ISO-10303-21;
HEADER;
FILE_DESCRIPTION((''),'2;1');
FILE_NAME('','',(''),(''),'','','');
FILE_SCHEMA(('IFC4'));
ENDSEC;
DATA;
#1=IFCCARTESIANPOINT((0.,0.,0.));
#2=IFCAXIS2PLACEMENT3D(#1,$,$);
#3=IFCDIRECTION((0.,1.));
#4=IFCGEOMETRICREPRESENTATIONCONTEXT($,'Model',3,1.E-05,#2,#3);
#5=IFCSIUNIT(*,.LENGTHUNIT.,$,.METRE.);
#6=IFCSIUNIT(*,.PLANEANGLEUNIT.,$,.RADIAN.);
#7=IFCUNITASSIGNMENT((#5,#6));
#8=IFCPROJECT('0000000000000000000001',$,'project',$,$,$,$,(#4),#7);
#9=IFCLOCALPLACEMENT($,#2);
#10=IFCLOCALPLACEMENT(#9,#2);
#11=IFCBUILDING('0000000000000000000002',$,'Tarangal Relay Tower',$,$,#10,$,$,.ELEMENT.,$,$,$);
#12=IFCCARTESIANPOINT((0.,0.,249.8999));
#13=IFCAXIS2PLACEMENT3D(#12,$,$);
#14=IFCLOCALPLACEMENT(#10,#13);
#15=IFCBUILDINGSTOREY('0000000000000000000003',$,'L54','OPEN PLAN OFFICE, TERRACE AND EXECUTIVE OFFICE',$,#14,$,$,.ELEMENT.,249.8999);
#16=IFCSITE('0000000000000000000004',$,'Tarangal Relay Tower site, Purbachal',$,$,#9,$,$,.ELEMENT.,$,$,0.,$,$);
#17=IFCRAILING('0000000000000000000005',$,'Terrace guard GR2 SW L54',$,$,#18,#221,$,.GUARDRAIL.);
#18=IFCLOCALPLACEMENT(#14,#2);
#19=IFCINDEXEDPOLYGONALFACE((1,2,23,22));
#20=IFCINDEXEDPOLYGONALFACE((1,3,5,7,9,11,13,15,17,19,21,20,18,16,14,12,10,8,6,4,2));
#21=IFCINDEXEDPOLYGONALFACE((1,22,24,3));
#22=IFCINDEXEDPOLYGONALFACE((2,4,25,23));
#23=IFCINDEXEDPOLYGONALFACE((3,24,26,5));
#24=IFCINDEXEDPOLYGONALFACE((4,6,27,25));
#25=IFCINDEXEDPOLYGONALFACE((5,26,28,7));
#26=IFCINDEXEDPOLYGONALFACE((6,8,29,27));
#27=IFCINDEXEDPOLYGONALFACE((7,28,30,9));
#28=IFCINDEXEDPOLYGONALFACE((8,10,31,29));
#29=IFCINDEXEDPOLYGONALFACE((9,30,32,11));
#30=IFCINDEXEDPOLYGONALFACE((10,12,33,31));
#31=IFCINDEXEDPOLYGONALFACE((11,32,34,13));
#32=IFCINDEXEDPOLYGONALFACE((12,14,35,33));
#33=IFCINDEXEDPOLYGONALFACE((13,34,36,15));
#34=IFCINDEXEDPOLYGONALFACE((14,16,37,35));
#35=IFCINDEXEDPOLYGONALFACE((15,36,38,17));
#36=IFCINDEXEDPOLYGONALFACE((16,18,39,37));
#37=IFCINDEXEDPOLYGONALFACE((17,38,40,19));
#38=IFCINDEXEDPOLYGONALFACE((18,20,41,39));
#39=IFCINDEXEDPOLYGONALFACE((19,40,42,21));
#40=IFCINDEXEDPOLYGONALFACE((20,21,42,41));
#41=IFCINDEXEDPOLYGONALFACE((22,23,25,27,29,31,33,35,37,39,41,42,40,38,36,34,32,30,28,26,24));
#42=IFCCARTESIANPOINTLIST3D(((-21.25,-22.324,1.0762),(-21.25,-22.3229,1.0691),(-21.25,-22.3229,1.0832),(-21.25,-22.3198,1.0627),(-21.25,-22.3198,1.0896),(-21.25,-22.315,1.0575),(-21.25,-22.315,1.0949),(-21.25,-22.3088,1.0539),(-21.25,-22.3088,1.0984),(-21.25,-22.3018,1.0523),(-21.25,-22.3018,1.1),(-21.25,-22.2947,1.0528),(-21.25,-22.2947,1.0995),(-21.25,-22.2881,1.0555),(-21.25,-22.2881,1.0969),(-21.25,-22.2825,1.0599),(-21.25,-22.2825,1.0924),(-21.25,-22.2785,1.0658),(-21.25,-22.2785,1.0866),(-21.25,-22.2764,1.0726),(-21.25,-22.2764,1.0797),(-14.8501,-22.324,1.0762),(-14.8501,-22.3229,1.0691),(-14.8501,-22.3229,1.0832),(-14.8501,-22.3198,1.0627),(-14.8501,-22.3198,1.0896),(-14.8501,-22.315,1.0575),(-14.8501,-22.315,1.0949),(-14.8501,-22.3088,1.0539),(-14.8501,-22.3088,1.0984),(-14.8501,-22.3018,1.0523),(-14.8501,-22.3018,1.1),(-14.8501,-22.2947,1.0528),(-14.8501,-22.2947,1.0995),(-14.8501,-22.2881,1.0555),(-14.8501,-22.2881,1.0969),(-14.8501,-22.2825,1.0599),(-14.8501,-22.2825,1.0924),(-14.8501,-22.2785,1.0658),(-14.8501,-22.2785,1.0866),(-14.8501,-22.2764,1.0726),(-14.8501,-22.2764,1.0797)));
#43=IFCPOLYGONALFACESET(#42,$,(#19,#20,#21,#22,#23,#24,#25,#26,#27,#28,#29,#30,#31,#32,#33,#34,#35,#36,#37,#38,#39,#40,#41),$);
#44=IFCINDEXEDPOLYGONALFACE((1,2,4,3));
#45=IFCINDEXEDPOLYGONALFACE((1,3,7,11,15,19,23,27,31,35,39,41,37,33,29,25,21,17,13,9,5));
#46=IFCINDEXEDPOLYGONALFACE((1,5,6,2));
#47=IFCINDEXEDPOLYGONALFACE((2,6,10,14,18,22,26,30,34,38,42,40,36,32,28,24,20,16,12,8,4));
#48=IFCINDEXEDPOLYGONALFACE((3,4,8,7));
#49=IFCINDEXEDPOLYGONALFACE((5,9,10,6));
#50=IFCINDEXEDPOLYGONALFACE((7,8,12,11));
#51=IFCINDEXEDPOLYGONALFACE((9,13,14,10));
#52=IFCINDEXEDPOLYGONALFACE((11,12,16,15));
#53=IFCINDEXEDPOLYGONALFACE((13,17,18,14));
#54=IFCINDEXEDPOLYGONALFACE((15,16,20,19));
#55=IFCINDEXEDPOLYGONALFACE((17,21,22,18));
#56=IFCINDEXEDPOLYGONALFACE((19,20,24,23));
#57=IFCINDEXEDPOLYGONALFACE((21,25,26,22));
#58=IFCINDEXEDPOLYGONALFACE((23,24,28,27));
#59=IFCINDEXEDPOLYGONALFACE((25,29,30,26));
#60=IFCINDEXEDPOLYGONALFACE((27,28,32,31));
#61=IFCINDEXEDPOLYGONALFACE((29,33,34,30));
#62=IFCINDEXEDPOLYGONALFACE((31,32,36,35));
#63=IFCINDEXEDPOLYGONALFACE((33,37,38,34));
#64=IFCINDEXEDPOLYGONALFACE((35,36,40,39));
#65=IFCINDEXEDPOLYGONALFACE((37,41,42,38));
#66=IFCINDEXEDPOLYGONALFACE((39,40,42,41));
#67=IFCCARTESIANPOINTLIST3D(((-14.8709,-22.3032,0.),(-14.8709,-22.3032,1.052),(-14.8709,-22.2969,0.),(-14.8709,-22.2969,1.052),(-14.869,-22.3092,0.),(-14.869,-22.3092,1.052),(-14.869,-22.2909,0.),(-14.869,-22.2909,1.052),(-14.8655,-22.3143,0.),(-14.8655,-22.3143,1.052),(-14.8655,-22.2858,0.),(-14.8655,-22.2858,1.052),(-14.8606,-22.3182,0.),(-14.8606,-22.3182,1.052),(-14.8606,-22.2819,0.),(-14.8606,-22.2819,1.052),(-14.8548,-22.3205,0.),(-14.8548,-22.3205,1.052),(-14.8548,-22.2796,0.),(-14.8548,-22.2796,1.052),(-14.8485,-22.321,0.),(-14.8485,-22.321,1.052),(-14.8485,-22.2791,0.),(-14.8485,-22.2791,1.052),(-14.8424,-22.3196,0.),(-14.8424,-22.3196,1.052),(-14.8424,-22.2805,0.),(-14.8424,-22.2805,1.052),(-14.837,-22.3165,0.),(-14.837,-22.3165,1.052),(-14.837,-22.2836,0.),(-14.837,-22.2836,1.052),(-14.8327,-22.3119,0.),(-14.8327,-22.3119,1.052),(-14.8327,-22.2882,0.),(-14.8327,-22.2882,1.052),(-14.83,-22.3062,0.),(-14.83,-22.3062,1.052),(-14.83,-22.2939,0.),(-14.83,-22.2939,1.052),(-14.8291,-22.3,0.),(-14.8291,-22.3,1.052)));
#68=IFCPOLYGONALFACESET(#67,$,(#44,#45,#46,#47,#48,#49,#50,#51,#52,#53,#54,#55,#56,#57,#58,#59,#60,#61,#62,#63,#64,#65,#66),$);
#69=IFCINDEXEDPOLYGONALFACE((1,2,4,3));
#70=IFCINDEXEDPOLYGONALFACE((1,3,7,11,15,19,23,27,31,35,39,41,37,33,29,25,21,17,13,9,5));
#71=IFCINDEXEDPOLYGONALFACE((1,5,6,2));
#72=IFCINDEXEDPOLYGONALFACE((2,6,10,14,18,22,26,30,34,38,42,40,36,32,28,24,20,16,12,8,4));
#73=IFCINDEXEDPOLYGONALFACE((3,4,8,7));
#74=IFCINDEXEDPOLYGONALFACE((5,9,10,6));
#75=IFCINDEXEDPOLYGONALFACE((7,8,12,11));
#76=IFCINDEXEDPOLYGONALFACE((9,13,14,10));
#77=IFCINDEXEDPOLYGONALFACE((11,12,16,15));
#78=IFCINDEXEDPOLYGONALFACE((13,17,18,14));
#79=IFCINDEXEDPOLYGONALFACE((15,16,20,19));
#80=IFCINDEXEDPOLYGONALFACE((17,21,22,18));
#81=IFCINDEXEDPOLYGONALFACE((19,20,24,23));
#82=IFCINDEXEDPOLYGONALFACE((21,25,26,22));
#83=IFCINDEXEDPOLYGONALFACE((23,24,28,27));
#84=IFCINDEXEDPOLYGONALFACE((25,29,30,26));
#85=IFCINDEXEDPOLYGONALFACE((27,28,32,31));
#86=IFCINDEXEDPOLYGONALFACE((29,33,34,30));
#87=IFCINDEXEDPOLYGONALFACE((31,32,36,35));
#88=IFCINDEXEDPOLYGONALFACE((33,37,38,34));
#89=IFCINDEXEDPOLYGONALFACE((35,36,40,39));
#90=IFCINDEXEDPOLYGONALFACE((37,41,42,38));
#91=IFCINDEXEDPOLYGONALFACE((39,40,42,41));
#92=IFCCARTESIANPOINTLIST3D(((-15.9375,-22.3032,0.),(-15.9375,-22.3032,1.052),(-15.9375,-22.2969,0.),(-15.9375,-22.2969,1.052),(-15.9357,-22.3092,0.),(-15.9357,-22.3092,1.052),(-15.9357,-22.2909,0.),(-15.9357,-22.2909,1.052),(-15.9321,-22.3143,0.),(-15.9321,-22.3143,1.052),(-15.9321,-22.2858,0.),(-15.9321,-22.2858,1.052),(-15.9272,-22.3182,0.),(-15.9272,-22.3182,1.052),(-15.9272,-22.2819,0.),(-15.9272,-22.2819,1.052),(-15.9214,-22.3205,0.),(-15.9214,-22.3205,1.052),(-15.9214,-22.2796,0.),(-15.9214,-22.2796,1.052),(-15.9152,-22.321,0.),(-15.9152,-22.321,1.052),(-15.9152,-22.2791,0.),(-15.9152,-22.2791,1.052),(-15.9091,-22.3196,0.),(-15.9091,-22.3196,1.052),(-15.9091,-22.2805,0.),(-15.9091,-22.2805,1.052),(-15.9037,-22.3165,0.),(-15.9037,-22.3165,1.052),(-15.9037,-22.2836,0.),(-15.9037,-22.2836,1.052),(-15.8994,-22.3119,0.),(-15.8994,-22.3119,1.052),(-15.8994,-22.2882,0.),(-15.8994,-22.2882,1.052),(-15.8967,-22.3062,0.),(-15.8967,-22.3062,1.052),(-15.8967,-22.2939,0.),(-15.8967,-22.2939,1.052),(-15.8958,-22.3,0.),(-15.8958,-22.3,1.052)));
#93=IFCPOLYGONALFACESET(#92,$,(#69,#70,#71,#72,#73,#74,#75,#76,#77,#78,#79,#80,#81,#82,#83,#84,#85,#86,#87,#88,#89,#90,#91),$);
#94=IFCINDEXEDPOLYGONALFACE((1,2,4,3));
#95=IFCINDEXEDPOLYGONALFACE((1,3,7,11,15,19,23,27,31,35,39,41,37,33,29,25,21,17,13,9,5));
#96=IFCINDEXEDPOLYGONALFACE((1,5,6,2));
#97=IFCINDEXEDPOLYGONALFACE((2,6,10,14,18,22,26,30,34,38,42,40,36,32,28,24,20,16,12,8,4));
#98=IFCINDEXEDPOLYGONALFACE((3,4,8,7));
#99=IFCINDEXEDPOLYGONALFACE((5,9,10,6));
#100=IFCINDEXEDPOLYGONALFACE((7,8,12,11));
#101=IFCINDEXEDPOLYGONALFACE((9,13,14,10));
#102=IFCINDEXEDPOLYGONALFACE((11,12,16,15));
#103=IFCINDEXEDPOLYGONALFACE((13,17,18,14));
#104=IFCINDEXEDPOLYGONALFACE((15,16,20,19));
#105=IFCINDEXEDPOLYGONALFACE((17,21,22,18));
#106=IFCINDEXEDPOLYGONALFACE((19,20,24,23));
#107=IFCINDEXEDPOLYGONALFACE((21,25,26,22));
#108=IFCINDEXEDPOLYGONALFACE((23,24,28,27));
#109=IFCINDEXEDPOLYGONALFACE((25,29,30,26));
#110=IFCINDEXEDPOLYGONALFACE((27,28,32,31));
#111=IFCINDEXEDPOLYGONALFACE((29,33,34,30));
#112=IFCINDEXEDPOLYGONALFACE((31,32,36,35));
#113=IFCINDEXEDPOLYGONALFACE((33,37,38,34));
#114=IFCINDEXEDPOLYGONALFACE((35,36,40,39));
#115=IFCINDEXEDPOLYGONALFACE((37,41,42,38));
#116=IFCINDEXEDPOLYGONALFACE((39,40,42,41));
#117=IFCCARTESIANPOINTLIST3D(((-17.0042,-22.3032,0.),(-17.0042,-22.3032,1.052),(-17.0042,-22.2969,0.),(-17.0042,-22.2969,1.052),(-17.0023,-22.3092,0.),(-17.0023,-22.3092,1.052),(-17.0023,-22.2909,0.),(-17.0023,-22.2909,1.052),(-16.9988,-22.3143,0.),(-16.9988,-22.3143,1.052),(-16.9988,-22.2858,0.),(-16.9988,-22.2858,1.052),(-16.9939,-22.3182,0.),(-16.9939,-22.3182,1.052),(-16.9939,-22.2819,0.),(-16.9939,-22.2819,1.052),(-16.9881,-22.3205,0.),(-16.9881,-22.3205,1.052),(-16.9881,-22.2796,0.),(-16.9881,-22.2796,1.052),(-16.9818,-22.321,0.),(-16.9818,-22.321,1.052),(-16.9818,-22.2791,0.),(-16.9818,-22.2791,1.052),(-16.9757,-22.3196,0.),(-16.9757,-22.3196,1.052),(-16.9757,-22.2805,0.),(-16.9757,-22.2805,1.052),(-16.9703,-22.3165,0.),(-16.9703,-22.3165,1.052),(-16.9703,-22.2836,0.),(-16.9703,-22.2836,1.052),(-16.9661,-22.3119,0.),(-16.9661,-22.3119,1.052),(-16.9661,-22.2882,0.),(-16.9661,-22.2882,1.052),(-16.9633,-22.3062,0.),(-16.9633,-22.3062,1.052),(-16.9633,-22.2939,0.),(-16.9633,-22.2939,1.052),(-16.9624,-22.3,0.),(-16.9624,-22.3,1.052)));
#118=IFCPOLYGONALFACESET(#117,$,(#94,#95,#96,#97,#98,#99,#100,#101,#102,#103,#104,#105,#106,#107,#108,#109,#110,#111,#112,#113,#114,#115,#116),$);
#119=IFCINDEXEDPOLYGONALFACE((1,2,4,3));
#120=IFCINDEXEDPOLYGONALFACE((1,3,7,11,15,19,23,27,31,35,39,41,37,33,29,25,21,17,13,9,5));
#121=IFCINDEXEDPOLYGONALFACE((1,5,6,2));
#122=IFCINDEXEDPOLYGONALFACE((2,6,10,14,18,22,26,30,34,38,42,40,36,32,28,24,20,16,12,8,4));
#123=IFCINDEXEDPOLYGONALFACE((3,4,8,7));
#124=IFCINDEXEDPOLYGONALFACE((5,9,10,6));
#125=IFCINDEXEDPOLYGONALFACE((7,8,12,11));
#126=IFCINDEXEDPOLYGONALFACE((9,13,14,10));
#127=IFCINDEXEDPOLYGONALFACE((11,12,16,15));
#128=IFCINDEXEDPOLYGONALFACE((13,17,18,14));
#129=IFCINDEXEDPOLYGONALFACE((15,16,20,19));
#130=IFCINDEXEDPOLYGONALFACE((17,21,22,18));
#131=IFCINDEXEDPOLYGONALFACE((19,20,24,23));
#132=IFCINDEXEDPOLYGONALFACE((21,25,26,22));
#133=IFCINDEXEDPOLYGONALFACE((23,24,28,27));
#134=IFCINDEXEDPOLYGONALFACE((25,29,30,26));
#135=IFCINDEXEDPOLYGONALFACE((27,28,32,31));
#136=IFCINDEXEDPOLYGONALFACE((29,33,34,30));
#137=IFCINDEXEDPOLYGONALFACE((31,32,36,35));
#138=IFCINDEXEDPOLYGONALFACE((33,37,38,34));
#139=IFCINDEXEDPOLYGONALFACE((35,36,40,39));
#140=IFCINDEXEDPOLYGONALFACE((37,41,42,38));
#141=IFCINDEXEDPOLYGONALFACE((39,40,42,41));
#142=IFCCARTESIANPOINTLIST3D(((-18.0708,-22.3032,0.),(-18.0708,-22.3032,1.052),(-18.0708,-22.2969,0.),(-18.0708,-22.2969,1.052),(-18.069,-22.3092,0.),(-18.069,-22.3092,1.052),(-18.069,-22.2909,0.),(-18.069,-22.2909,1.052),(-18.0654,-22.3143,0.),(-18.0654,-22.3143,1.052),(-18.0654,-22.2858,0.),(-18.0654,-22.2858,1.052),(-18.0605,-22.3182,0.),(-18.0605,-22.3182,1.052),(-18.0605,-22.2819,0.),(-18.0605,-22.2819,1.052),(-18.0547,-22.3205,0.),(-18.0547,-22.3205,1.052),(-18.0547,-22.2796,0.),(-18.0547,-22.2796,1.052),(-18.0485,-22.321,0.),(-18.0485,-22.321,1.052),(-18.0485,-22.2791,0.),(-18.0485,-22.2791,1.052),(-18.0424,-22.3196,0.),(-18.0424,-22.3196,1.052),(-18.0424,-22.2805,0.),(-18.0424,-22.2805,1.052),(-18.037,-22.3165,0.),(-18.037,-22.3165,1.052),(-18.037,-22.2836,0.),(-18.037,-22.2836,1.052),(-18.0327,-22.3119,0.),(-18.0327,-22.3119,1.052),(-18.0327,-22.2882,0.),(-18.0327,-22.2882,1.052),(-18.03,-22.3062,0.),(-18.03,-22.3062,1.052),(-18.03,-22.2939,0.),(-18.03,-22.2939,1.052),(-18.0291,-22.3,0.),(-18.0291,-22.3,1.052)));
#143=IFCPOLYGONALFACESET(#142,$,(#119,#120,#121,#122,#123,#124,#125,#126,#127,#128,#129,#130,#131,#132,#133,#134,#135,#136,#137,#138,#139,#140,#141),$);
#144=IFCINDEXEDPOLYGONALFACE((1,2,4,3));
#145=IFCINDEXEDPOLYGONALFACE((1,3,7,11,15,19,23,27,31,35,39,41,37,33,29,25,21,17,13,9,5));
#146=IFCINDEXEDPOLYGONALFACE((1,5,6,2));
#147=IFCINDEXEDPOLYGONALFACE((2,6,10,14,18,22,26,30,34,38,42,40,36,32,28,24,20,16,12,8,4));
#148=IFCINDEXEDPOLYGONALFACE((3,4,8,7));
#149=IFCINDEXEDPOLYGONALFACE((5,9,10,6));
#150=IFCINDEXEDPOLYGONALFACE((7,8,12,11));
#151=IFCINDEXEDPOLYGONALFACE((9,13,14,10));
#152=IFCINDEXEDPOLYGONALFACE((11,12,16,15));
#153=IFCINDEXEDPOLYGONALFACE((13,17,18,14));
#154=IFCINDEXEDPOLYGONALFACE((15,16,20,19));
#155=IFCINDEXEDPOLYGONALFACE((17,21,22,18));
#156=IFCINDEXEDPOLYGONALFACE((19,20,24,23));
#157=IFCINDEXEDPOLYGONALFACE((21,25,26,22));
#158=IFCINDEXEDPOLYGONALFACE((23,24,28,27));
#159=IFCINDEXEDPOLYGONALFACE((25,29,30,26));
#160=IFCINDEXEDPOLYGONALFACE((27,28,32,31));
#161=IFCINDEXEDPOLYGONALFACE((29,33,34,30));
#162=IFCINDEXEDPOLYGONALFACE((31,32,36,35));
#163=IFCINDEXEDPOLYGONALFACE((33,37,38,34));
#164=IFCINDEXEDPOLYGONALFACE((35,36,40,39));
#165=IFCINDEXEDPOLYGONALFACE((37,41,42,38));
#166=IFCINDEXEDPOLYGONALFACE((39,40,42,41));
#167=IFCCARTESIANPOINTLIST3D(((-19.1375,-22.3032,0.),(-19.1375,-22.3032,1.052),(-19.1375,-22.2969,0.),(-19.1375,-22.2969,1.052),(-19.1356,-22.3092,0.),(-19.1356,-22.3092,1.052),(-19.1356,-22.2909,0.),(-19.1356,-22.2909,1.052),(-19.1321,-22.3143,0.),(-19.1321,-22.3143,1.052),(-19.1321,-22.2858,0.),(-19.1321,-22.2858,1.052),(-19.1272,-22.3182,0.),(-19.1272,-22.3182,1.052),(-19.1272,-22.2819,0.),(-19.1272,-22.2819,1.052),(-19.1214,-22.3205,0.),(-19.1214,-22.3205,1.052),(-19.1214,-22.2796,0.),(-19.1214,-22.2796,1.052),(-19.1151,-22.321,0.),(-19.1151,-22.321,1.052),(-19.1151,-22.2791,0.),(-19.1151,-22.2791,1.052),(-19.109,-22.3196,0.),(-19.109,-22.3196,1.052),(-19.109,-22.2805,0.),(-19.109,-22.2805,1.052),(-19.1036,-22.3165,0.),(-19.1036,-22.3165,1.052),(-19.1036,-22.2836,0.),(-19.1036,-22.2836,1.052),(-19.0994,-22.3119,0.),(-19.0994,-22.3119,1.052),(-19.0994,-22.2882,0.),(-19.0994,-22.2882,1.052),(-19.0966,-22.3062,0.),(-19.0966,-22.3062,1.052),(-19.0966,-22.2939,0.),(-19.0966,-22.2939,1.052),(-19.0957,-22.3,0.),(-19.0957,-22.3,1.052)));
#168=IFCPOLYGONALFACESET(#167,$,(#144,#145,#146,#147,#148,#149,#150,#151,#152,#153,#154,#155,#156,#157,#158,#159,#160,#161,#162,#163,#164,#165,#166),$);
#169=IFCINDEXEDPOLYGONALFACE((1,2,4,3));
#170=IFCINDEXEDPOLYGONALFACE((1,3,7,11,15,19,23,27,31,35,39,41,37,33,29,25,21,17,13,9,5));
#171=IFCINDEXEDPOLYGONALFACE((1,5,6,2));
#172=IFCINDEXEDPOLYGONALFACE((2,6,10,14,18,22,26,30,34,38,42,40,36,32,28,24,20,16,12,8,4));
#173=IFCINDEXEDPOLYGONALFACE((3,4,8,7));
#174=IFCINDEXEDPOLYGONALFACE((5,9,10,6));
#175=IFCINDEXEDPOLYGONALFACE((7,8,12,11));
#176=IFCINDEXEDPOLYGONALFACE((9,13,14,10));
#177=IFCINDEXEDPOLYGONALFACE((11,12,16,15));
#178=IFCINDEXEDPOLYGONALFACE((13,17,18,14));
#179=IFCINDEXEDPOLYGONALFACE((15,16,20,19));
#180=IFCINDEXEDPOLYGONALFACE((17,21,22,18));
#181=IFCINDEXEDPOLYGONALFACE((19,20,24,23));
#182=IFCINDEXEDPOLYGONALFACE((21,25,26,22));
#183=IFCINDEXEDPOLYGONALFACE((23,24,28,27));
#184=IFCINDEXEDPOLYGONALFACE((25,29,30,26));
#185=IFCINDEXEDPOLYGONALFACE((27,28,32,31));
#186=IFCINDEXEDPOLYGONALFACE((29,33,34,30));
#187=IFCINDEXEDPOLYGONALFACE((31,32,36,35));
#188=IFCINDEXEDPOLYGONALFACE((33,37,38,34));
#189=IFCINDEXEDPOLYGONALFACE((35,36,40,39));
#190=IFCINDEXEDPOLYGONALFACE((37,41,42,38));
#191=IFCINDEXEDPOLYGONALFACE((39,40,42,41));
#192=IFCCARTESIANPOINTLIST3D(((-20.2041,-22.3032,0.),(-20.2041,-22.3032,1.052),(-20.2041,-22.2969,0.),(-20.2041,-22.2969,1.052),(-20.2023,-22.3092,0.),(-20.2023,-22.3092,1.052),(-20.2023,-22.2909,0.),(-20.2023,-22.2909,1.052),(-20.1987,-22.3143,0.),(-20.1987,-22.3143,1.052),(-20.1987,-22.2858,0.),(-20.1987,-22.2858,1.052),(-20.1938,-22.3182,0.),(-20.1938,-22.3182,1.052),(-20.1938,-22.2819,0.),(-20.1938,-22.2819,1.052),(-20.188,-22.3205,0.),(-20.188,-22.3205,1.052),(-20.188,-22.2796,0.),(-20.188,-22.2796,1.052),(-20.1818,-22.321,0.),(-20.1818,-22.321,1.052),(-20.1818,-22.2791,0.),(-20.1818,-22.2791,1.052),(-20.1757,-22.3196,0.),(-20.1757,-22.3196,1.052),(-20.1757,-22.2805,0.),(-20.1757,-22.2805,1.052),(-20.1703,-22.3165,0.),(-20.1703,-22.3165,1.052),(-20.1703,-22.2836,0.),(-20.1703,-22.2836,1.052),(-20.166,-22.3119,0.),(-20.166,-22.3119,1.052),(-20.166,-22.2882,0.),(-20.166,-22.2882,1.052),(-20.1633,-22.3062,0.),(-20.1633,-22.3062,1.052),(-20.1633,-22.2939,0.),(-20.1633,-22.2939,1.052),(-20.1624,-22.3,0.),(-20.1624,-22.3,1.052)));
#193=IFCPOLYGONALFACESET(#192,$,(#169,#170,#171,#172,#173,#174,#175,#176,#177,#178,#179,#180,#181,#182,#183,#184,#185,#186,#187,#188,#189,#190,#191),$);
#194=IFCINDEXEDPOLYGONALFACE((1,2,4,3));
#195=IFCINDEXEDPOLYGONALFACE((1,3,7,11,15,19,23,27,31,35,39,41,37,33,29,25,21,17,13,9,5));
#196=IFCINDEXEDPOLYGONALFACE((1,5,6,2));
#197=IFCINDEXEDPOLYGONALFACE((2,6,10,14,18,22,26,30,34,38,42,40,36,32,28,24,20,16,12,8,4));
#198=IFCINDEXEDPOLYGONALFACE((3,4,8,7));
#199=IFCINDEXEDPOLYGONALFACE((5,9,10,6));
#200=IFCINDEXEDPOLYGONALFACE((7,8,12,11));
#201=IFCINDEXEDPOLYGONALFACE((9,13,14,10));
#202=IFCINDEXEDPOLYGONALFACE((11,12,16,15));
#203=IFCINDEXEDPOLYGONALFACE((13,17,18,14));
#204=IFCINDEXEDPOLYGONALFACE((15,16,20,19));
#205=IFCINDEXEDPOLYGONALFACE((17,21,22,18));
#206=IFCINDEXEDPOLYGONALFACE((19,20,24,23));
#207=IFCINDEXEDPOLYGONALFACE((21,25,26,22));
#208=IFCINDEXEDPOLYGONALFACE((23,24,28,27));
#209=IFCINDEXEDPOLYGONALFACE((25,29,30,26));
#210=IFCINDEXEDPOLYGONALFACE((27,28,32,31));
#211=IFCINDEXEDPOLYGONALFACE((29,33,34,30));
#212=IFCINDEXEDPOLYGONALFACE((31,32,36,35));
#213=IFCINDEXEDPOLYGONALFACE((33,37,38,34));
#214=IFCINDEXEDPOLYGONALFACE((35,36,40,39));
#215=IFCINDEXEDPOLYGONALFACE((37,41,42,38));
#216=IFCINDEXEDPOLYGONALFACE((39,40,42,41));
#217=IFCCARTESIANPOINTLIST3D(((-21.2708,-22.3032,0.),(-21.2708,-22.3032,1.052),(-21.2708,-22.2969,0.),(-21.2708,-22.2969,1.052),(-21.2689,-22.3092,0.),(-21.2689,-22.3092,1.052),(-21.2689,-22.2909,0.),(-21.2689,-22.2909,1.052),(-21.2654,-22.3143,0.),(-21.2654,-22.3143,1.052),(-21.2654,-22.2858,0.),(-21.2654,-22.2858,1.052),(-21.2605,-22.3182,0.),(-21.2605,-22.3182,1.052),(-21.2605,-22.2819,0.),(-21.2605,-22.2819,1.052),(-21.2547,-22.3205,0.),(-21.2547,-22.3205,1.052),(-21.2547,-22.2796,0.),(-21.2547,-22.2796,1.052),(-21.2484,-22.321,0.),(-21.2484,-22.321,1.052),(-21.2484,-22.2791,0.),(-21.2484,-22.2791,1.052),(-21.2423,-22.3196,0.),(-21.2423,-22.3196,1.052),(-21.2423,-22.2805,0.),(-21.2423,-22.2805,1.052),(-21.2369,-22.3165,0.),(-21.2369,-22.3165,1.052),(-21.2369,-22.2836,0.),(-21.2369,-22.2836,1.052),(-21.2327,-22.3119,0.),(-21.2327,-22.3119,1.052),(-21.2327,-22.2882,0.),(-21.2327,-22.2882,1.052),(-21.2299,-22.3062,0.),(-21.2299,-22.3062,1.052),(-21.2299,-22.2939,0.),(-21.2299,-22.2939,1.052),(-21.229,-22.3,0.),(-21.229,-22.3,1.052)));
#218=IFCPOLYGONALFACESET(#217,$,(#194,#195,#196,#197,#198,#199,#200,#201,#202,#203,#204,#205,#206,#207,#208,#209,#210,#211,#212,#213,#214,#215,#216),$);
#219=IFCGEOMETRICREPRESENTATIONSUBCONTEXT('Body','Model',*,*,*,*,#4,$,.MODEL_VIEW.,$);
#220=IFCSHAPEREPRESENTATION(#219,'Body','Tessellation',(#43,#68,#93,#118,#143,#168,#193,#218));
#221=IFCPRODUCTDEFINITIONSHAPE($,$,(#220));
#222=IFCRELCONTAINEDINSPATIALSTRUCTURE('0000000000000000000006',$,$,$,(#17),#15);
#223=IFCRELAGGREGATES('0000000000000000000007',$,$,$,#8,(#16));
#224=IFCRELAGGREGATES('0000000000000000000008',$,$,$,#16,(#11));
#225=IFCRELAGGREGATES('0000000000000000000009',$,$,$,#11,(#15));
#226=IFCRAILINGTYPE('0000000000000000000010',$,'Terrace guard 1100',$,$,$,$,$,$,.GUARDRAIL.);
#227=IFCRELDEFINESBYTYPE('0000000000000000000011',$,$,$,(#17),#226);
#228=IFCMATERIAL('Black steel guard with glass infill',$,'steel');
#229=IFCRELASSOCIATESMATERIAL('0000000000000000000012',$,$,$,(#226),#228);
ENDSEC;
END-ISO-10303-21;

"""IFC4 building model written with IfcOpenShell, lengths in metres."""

from ifc_helpers import new_model, si_unit, direction, frame, origin, origin_2d, place, context, subcontext, project, spatial, circle, extrude, material, type_object, element, save


model = new_model("IFC4")

# Units and contexts
model_context = context("Model", 3, precision=1e-05, world=origin(), true_north=direction((0.0, 1.0)))
body_context = subcontext(model_context, "Body", "Model", "MODEL_VIEW")
ifc_project = project(units=[si_unit("LENGTHUNIT", "METRE"), si_unit("PLANEANGLEUNIT", "RADIAN")], contexts=[model_context])

# Site, building, storey
site_placement = place(None, origin())
site = spatial("IfcSite", under=ifc_project, at=site_placement, Name="Tarangal Relay Tower site, Purbachal", CompositionType="ELEMENT", RefElevation=0.0)
building_placement = place(site_placement, origin())
building = spatial("IfcBuilding", under=site, at=building_placement, Name="Tarangal Relay Tower", CompositionType="ELEMENT")
storey_placement = place(building_placement, frame((0.0, 0.0, 249.8999)))
storey = spatial("IfcBuildingStorey", under=building, at=storey_placement, Name="L54", Description="OPEN PLAN OFFICE, TERRACE AND EXECUTIVE OFFICE", CompositionType="ELEMENT", Elevation=249.8999)

# Railing
ifc_material_1 = material(Name="Black steel guard with glass infill", Category="steel")
railing_type = type_object("IfcRailingType", Name="Terrace guard 1100", PredefinedType="GUARDRAIL", material=ifc_material_1)
railing_placement = place(storey_placement, frame((-14.8501, -22.3, 0.0)))
element("IfcRailing", 1, at=railing_placement, inside=storey, type_object=railing_type, Name="Terrace guard GR2 SW L54", PredefinedType="GUARDRAIL", context=body_context, shape_type="SweptSolid", body=[
    extrude(circle(Radius=0.0239, at=origin_2d()), frame((0.0, 0.0, 1.0762), z_axis=(-1.0, 0.0, 0.0), x_axis=(0.0, -1.0, 0.0)), (0.0, 0.0, 1.0), 6.3999),
    extrude(circle(Radius=0.021, at=origin_2d()), origin(), (0.0, 0.0, 1.0), 1.052),
    extrude(circle(Radius=0.021, at=origin_2d()), frame((-1.0667, 0.0, 0.0)), (0.0, 0.0, 1.0), 1.052),
    extrude(circle(Radius=0.021, at=origin_2d()), frame((-2.1333, 0.0, 0.0)), (0.0, 0.0, 1.0), 1.052),
    extrude(circle(Radius=0.021, at=origin_2d()), frame((-3.2, 0.0, 0.0)), (0.0, 0.0, 1.0), 1.052),
    extrude(circle(Radius=0.021, at=origin_2d()), frame((-4.2666, 0.0, 0.0)), (0.0, 0.0, 1.0), 1.052),
    extrude(circle(Radius=0.021, at=origin_2d()), frame((-5.3333, 0.0, 0.0)), (0.0, 0.0, 1.0), 1.052),
    extrude(circle(Radius=0.021, at=origin_2d()), frame((-6.3999, 0.0, 0.0)), (0.0, 0.0, 1.0), 1.052),
])

save(model, "model.ifc")
